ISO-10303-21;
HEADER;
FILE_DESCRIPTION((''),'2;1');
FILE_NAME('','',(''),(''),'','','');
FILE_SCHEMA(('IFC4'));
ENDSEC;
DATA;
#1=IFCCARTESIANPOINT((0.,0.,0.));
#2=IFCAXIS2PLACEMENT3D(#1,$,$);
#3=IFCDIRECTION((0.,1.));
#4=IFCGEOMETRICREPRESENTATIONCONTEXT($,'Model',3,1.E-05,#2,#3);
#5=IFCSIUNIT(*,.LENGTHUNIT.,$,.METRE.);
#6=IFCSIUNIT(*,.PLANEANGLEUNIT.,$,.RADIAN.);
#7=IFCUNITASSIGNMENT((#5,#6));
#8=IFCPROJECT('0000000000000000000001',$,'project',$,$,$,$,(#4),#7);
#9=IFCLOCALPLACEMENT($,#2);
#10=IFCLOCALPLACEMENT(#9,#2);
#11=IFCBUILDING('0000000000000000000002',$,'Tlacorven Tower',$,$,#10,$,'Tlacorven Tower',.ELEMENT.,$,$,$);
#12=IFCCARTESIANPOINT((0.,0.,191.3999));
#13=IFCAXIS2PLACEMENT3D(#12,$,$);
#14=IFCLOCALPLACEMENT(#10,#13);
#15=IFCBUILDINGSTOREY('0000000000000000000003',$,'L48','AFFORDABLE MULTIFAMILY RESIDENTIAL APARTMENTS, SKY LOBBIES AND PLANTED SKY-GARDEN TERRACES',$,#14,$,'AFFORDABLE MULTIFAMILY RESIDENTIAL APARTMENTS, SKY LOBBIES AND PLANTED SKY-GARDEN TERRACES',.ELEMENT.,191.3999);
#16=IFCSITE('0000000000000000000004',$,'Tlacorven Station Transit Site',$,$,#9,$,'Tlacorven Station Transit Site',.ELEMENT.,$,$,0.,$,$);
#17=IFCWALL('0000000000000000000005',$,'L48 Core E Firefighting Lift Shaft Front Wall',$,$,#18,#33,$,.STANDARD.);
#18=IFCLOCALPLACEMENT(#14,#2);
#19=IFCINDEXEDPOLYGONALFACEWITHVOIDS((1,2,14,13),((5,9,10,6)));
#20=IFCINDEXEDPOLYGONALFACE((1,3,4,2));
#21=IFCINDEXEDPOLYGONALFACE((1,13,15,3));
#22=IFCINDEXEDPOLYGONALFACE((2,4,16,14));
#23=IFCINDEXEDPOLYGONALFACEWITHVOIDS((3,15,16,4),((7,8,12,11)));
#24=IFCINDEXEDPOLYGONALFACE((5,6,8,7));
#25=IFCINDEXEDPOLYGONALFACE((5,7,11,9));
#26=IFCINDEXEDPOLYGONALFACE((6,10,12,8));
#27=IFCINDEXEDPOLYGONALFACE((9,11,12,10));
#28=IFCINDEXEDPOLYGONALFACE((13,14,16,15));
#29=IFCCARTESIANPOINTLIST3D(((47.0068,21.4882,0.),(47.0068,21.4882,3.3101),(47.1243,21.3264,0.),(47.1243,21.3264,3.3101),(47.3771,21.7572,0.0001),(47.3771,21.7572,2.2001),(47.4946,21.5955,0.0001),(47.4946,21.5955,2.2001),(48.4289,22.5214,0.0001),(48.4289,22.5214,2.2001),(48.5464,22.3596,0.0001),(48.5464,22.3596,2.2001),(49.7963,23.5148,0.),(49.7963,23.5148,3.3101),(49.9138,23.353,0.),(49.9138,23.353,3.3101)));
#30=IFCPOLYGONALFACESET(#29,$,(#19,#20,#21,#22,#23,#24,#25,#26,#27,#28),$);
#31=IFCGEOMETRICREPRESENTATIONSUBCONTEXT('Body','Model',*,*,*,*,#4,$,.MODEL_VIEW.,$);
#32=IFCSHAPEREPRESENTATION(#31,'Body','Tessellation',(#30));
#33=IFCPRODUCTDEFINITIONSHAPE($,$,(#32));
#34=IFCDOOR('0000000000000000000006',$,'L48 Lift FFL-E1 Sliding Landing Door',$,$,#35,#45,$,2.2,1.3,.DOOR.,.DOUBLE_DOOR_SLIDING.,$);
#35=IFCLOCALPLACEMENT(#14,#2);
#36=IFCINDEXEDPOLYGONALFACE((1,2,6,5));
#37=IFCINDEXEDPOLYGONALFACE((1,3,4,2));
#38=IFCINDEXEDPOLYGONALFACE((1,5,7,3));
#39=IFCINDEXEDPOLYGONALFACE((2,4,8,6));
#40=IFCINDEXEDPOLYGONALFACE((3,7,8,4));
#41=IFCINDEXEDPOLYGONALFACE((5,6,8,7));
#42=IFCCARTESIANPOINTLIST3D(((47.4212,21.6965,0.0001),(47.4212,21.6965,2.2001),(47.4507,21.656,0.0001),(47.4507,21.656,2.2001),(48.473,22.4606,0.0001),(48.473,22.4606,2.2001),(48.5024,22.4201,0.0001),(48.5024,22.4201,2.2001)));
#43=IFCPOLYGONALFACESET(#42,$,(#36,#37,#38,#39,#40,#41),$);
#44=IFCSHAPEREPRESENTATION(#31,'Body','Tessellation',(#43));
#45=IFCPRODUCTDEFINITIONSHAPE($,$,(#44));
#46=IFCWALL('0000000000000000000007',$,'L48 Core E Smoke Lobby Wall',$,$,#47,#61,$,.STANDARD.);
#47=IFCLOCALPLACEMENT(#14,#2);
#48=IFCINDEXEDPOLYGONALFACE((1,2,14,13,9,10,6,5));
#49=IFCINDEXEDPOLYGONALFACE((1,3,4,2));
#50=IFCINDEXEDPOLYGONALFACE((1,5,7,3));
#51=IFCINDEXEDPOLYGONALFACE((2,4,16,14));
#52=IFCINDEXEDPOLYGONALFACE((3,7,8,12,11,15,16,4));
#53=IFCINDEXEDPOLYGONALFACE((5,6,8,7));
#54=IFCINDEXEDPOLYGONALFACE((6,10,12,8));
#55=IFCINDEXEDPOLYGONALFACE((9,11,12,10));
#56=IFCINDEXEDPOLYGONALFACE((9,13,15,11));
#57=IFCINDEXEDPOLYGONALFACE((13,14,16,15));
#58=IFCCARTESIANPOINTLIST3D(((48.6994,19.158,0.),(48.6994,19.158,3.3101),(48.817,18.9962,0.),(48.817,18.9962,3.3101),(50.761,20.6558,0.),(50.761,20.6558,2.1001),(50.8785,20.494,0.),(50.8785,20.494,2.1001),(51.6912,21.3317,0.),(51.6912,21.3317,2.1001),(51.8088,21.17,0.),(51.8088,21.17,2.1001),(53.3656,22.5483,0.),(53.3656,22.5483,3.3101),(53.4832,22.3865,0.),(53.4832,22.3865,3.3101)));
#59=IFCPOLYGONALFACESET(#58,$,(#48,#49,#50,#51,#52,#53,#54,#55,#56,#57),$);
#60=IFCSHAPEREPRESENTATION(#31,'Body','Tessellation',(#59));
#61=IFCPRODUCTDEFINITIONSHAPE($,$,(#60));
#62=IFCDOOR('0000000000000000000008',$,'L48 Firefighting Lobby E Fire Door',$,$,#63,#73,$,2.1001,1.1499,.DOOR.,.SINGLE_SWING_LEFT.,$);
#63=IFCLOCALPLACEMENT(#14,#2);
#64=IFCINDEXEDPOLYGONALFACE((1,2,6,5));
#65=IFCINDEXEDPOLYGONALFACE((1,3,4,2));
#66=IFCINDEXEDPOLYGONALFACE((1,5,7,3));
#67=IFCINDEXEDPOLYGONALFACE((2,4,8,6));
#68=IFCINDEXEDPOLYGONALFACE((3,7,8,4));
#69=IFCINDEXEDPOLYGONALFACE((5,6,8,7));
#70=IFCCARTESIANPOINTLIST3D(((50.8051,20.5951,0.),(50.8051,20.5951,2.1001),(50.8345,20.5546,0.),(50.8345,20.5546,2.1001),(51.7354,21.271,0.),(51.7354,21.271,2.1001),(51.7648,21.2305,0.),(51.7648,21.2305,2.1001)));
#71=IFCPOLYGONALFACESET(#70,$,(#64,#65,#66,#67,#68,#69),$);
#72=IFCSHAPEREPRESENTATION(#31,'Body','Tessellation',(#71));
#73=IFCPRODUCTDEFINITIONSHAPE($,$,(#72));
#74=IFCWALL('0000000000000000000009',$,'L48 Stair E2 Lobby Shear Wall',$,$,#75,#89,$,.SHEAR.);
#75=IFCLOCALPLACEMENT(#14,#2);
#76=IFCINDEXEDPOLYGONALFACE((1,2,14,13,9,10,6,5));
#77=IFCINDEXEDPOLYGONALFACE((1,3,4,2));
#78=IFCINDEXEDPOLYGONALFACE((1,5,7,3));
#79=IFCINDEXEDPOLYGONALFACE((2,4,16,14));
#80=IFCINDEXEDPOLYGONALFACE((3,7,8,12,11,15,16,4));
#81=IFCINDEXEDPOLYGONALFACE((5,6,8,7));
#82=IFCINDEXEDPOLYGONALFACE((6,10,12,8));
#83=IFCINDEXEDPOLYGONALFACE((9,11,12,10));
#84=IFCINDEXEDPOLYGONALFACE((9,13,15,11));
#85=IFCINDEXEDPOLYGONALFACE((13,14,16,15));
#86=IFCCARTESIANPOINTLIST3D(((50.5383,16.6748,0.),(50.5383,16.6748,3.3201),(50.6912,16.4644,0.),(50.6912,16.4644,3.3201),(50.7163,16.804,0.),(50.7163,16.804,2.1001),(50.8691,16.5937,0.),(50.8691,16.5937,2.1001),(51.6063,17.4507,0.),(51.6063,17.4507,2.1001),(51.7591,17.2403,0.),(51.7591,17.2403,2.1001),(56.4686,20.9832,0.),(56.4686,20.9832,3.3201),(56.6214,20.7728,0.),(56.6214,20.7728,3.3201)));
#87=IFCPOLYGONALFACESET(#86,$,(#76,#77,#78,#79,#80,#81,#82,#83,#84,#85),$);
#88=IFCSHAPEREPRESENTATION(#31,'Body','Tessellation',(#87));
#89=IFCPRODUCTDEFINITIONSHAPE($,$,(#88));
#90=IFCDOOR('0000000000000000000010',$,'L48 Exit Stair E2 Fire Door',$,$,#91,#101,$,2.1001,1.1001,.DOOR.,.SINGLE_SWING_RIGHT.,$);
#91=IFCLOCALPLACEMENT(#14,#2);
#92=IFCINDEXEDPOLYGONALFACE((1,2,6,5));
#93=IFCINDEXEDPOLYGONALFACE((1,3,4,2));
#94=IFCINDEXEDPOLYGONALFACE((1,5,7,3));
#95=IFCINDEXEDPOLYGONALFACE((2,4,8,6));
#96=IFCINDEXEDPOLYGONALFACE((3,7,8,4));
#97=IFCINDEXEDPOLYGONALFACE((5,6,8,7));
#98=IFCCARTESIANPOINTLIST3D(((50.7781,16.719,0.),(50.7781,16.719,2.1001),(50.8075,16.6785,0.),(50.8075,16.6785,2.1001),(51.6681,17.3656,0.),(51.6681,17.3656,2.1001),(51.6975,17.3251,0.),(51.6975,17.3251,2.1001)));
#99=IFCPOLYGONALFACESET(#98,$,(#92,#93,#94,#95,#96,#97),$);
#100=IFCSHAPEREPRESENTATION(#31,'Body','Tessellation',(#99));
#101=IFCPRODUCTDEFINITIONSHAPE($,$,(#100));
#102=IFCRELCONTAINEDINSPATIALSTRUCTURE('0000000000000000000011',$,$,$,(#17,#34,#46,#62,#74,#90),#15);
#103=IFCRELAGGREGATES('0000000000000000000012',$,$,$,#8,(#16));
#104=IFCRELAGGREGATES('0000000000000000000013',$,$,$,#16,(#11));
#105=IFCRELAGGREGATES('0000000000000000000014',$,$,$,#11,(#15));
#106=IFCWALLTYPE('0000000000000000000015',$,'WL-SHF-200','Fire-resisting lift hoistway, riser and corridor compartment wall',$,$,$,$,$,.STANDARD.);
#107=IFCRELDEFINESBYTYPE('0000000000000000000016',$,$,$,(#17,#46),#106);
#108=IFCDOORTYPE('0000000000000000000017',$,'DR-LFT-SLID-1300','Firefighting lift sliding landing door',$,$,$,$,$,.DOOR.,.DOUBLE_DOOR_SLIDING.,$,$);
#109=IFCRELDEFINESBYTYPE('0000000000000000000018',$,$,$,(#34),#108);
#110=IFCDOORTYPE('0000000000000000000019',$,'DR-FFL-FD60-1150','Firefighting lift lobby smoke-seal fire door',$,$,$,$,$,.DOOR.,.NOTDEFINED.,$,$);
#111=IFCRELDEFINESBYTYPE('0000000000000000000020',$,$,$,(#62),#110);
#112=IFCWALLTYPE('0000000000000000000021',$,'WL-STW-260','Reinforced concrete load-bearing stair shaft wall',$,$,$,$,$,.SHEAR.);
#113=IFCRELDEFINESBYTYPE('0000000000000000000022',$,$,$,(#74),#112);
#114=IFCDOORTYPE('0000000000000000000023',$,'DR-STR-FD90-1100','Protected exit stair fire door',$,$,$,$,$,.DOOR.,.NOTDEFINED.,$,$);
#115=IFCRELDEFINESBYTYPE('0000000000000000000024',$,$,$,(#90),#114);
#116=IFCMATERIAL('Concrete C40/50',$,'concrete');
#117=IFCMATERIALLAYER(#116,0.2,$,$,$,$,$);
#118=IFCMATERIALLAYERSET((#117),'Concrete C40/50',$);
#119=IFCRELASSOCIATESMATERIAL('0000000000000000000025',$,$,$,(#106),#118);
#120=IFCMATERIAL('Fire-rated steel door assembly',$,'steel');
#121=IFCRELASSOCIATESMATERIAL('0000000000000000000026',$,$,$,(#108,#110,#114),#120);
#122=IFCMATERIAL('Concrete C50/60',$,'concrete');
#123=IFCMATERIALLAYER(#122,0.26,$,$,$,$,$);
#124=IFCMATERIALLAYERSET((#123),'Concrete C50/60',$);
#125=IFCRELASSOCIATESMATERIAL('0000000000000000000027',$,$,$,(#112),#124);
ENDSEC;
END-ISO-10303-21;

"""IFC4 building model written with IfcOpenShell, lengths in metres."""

from ifc_helpers import new_model, si_unit, direction, frame, frame_2d, origin, place, context, subcontext, project, spatial, rectangle, extrude, source, transform, mapped, material, layer, layer_set, type_object, element, fill, save


model = new_model("IFC4")

# Units and contexts
model_context = context("Model", 3, precision=1e-05, world=origin(), true_north=direction((0.0, 1.0)))
body_context = subcontext(model_context, "Body", "Model", "MODEL_VIEW")
ifc_project = project(units=[si_unit("LENGTHUNIT", "METRE"), si_unit("PLANEANGLEUNIT", "RADIAN")], contexts=[model_context])

# Site, building, storey
site_placement = place(None, origin())
site = spatial("IfcSite", under=ifc_project, at=site_placement, Name="Tlacorven Station Transit Site", LongName="Tlacorven Station Transit Site", CompositionType="ELEMENT", RefElevation=0.0)
building_placement = place(site_placement, origin())
building = spatial("IfcBuilding", under=site, at=building_placement, Name="Tlacorven Tower", LongName="Tlacorven Tower", CompositionType="ELEMENT")
storey_placement = place(building_placement, frame((0.0, 0.0, 191.3999)))
storey = spatial("IfcBuildingStorey", under=building, at=storey_placement, Name="L48", Description="AFFORDABLE MULTIFAMILY RESIDENTIAL APARTMENTS, SKY LOBBIES AND PLANTED SKY-GARDEN TERRACES", LongName="AFFORDABLE MULTIFAMILY RESIDENTIAL APARTMENTS, SKY LOBBIES AND PLANTED SKY-GARDEN TERRACES", CompositionType="ELEMENT", Elevation=191.3999)

# Walls, openings, doors
ifc_material_1 = material(Name="Concrete C40/50", Category="concrete")
ifc_layer_1 = layer(ifc_material_1, 0.2)
ifc_layer_set_1 = layer_set([ifc_layer_1], Name="Concrete C40/50")
wall_type_1 = type_object("IfcWallType", Name="WL-SHF-200", Description="Fire-resisting lift hoistway, riser and corridor compartment wall", PredefinedType="STANDARD", material=ifc_layer_set_1)
wall_1_placement = place(storey_placement, frame((47.0654, 21.4072, 0.0), z_axis=(0.0, 0.0, 1.0), x_axis=(0.809033, 0.587763, 0.0)))
wall_1 = element("IfcWall", 1, at=wall_1_placement, inside=storey, type_object=wall_type_1, Name="L48 Core E Firefighting Lift Shaft Front Wall", PredefinedType="STANDARD", context=body_context, shape_type="SweptSolid", body=[
    extrude(rectangle(XDim=3.448, YDim=0.2, at=frame_2d((1.7241, 0.0))), origin(), (0.0, 0.0, 1.0), 3.3101),
])
opening_1_placement = place(wall_1_placement, frame((0.458, 0.0, 0.0)))
opening_1 = element("IfcOpeningElement", 2, at=opening_1_placement, cuts=wall_1, PredefinedType="OPENING", context=body_context, shape_type="SweptSolid", body=[
    extrude(rectangle(XDim=1.3, YDim=2.2, at=frame_2d((0.6499, 1.1001))), frame((0.0, 0.1099, 0.0), z_axis=(0.0, -1.0, 0.0), x_axis=(1.0, 0.0, 0.0)), (0.0, 0.0, 1.0), 0.22),
])
ifc_material_2 = material(Name="Fire-rated steel door assembly", Category="steel")
door_type_1 = type_object("IfcDoorType", Name="DR-LFT-SLID-1300", Description="Firefighting lift sliding landing door", OperationType="DOUBLE_DOOR_SLIDING", PredefinedType="DOOR", material=ifc_material_2)
shared_shape_1 = source(origin(), body_context, "Body", "SweptSolid", [
    extrude(rectangle(XDim=1.3, YDim=2.2, at=frame_2d((0.6499, 1.1001))), frame((0.0, 0.0249, 0.0), z_axis=(0.0, -1.0, 0.0), x_axis=(1.0, 0.0, 0.0)), (0.0, 0.0, 1.0), 0.05),
])
door_1_placement = place(opening_1_placement, origin())
door_1 = element("IfcDoor", 3, at=door_1_placement, inside=storey, type_object=door_type_1, Name="L48 Lift FFL-E1 Sliding Landing Door", OperationType="DOUBLE_DOOR_SLIDING", OverallHeight=2.2, OverallWidth=1.3, PredefinedType="DOOR", context=body_context, shape_type="MappedRepresentation", body=[
    mapped(shared_shape_1, transform((0.0, 0.0, 0.0), scale=1.0)),
])
fill(opening_1, door_1)
wall_2_placement = place(storey_placement, frame((48.7583, 19.0771, 0.0), z_axis=(0.0, 0.0, 1.0), x_axis=(0.809005, 0.587802, 0.0)))
wall_2 = element("IfcWall", 4, at=wall_2_placement, inside=storey, type_object=wall_type_1, Name="L48 Core E Smoke Lobby Wall", PredefinedType="STANDARD", context=body_context, shape_type="SweptSolid", body=[
    extrude(rectangle(XDim=5.7678, YDim=0.2, at=frame_2d((2.8838, 0.0))), origin(), (0.0, 0.0, 1.0), 3.3101),
])
opening_2_placement = place(wall_2_placement, frame((2.5481, 0.0, 0.0)))
opening_2 = element("IfcOpeningElement", 5, at=opening_2_placement, cuts=wall_2, PredefinedType="OPENING", context=body_context, shape_type="SweptSolid", body=[
    extrude(rectangle(XDim=1.1499, YDim=2.1001, at=frame_2d((0.575, 1.05))), frame((0.0, 0.1099, 0.0), z_axis=(0.0, -1.0, 0.0), x_axis=(1.0, 0.0, 0.0)), (0.0, 0.0, 1.0), 0.22),
])
door_type_2 = type_object("IfcDoorType", Name="DR-FFL-FD60-1150", Description="Firefighting lift lobby smoke-seal fire door", OperationType="NOTDEFINED", PredefinedType="DOOR", material=ifc_material_2)
shared_shape_2 = source(origin(), body_context, "Body", "SweptSolid", [
    extrude(rectangle(XDim=1.1499, YDim=2.1001, at=frame_2d((0.575, 1.05))), frame((0.0, 0.0249, 0.0), z_axis=(0.0, -1.0, 0.0), x_axis=(1.0, 0.0, 0.0)), (0.0, 0.0, 1.0), 0.05),
])
door_2_placement = place(opening_2_placement, origin())
door_2 = element("IfcDoor", 6, at=door_2_placement, inside=storey, type_object=door_type_2, Name="L48 Firefighting Lobby E Fire Door", OperationType="SINGLE_SWING_LEFT", OverallHeight=2.1001, OverallWidth=1.1499, PredefinedType="DOOR", context=body_context, shape_type="MappedRepresentation", body=[
    mapped(shared_shape_2, transform((0.0, 0.0, 0.0), scale=1.0)),
])
fill(opening_2, door_2)
ifc_material_3 = material(Name="Concrete C50/60", Category="concrete")
ifc_layer_2 = layer(ifc_material_3, 0.26)
ifc_layer_set_2 = layer_set([ifc_layer_2], Name="Concrete C50/60")
wall_type_2 = type_object("IfcWallType", Name="WL-STW-260", Description="Reinforced concrete load-bearing stair shaft wall", PredefinedType="SHEAR", material=ifc_layer_set_2)
wall_3_placement = place(storey_placement, frame((50.6147, 16.5696, 0.0), z_axis=(0.0, 0.0, 1.0), x_axis=(0.809028, 0.58777, 0.0)))
wall_3 = element("IfcWall", 7, at=wall_3_placement, inside=storey, type_object=wall_type_2, Name="L48 Stair E2 Lobby Shear Wall", PredefinedType="SHEAR", context=body_context, shape_type="SweptSolid", body=[
    extrude(rectangle(XDim=7.3301, YDim=0.26, at=frame_2d((3.665, 0.0))), origin(), (0.0, 0.0, 1.0), 3.3201),
])
opening_3_placement = place(wall_3_placement, frame((0.22, 0.0, 0.0)))
opening_3 = element("IfcOpeningElement", 8, at=opening_3_placement, cuts=wall_3, PredefinedType="OPENING", context=body_context, shape_type="SweptSolid", body=[
    extrude(rectangle(XDim=1.1001, YDim=2.1001, at=frame_2d((0.55, 1.05))), frame((0.0, 0.1401, 0.0), z_axis=(0.0, -1.0, 0.0), x_axis=(1.0, 0.0, 0.0)), (0.0, 0.0, 1.0), 0.28),
])
door_type_3 = type_object("IfcDoorType", Name="DR-STR-FD90-1100", Description="Protected exit stair fire door", OperationType="NOTDEFINED", PredefinedType="DOOR", material=ifc_material_2)
shared_shape_3 = source(origin(), body_context, "Body", "SweptSolid", [
    extrude(rectangle(XDim=1.1001, YDim=2.1001, at=frame_2d((0.55, 1.05))), frame((0.0, 0.0249, 0.0), z_axis=(0.0, -1.0, 0.0), x_axis=(1.0, 0.0, 0.0)), (0.0, 0.0, 1.0), 0.05),
])
door_3_placement = place(opening_3_placement, origin())
door_3 = element("IfcDoor", 9, at=door_3_placement, inside=storey, type_object=door_type_3, Name="L48 Exit Stair E2 Fire Door", OperationType="SINGLE_SWING_RIGHT", OverallHeight=2.1001, OverallWidth=1.1001, PredefinedType="DOOR", context=body_context, shape_type="MappedRepresentation", body=[
    mapped(shared_shape_3, transform((0.0, 0.0, 0.0), scale=1.0)),
])
fill(opening_3, door_3)

save(model, "model.ifc")
